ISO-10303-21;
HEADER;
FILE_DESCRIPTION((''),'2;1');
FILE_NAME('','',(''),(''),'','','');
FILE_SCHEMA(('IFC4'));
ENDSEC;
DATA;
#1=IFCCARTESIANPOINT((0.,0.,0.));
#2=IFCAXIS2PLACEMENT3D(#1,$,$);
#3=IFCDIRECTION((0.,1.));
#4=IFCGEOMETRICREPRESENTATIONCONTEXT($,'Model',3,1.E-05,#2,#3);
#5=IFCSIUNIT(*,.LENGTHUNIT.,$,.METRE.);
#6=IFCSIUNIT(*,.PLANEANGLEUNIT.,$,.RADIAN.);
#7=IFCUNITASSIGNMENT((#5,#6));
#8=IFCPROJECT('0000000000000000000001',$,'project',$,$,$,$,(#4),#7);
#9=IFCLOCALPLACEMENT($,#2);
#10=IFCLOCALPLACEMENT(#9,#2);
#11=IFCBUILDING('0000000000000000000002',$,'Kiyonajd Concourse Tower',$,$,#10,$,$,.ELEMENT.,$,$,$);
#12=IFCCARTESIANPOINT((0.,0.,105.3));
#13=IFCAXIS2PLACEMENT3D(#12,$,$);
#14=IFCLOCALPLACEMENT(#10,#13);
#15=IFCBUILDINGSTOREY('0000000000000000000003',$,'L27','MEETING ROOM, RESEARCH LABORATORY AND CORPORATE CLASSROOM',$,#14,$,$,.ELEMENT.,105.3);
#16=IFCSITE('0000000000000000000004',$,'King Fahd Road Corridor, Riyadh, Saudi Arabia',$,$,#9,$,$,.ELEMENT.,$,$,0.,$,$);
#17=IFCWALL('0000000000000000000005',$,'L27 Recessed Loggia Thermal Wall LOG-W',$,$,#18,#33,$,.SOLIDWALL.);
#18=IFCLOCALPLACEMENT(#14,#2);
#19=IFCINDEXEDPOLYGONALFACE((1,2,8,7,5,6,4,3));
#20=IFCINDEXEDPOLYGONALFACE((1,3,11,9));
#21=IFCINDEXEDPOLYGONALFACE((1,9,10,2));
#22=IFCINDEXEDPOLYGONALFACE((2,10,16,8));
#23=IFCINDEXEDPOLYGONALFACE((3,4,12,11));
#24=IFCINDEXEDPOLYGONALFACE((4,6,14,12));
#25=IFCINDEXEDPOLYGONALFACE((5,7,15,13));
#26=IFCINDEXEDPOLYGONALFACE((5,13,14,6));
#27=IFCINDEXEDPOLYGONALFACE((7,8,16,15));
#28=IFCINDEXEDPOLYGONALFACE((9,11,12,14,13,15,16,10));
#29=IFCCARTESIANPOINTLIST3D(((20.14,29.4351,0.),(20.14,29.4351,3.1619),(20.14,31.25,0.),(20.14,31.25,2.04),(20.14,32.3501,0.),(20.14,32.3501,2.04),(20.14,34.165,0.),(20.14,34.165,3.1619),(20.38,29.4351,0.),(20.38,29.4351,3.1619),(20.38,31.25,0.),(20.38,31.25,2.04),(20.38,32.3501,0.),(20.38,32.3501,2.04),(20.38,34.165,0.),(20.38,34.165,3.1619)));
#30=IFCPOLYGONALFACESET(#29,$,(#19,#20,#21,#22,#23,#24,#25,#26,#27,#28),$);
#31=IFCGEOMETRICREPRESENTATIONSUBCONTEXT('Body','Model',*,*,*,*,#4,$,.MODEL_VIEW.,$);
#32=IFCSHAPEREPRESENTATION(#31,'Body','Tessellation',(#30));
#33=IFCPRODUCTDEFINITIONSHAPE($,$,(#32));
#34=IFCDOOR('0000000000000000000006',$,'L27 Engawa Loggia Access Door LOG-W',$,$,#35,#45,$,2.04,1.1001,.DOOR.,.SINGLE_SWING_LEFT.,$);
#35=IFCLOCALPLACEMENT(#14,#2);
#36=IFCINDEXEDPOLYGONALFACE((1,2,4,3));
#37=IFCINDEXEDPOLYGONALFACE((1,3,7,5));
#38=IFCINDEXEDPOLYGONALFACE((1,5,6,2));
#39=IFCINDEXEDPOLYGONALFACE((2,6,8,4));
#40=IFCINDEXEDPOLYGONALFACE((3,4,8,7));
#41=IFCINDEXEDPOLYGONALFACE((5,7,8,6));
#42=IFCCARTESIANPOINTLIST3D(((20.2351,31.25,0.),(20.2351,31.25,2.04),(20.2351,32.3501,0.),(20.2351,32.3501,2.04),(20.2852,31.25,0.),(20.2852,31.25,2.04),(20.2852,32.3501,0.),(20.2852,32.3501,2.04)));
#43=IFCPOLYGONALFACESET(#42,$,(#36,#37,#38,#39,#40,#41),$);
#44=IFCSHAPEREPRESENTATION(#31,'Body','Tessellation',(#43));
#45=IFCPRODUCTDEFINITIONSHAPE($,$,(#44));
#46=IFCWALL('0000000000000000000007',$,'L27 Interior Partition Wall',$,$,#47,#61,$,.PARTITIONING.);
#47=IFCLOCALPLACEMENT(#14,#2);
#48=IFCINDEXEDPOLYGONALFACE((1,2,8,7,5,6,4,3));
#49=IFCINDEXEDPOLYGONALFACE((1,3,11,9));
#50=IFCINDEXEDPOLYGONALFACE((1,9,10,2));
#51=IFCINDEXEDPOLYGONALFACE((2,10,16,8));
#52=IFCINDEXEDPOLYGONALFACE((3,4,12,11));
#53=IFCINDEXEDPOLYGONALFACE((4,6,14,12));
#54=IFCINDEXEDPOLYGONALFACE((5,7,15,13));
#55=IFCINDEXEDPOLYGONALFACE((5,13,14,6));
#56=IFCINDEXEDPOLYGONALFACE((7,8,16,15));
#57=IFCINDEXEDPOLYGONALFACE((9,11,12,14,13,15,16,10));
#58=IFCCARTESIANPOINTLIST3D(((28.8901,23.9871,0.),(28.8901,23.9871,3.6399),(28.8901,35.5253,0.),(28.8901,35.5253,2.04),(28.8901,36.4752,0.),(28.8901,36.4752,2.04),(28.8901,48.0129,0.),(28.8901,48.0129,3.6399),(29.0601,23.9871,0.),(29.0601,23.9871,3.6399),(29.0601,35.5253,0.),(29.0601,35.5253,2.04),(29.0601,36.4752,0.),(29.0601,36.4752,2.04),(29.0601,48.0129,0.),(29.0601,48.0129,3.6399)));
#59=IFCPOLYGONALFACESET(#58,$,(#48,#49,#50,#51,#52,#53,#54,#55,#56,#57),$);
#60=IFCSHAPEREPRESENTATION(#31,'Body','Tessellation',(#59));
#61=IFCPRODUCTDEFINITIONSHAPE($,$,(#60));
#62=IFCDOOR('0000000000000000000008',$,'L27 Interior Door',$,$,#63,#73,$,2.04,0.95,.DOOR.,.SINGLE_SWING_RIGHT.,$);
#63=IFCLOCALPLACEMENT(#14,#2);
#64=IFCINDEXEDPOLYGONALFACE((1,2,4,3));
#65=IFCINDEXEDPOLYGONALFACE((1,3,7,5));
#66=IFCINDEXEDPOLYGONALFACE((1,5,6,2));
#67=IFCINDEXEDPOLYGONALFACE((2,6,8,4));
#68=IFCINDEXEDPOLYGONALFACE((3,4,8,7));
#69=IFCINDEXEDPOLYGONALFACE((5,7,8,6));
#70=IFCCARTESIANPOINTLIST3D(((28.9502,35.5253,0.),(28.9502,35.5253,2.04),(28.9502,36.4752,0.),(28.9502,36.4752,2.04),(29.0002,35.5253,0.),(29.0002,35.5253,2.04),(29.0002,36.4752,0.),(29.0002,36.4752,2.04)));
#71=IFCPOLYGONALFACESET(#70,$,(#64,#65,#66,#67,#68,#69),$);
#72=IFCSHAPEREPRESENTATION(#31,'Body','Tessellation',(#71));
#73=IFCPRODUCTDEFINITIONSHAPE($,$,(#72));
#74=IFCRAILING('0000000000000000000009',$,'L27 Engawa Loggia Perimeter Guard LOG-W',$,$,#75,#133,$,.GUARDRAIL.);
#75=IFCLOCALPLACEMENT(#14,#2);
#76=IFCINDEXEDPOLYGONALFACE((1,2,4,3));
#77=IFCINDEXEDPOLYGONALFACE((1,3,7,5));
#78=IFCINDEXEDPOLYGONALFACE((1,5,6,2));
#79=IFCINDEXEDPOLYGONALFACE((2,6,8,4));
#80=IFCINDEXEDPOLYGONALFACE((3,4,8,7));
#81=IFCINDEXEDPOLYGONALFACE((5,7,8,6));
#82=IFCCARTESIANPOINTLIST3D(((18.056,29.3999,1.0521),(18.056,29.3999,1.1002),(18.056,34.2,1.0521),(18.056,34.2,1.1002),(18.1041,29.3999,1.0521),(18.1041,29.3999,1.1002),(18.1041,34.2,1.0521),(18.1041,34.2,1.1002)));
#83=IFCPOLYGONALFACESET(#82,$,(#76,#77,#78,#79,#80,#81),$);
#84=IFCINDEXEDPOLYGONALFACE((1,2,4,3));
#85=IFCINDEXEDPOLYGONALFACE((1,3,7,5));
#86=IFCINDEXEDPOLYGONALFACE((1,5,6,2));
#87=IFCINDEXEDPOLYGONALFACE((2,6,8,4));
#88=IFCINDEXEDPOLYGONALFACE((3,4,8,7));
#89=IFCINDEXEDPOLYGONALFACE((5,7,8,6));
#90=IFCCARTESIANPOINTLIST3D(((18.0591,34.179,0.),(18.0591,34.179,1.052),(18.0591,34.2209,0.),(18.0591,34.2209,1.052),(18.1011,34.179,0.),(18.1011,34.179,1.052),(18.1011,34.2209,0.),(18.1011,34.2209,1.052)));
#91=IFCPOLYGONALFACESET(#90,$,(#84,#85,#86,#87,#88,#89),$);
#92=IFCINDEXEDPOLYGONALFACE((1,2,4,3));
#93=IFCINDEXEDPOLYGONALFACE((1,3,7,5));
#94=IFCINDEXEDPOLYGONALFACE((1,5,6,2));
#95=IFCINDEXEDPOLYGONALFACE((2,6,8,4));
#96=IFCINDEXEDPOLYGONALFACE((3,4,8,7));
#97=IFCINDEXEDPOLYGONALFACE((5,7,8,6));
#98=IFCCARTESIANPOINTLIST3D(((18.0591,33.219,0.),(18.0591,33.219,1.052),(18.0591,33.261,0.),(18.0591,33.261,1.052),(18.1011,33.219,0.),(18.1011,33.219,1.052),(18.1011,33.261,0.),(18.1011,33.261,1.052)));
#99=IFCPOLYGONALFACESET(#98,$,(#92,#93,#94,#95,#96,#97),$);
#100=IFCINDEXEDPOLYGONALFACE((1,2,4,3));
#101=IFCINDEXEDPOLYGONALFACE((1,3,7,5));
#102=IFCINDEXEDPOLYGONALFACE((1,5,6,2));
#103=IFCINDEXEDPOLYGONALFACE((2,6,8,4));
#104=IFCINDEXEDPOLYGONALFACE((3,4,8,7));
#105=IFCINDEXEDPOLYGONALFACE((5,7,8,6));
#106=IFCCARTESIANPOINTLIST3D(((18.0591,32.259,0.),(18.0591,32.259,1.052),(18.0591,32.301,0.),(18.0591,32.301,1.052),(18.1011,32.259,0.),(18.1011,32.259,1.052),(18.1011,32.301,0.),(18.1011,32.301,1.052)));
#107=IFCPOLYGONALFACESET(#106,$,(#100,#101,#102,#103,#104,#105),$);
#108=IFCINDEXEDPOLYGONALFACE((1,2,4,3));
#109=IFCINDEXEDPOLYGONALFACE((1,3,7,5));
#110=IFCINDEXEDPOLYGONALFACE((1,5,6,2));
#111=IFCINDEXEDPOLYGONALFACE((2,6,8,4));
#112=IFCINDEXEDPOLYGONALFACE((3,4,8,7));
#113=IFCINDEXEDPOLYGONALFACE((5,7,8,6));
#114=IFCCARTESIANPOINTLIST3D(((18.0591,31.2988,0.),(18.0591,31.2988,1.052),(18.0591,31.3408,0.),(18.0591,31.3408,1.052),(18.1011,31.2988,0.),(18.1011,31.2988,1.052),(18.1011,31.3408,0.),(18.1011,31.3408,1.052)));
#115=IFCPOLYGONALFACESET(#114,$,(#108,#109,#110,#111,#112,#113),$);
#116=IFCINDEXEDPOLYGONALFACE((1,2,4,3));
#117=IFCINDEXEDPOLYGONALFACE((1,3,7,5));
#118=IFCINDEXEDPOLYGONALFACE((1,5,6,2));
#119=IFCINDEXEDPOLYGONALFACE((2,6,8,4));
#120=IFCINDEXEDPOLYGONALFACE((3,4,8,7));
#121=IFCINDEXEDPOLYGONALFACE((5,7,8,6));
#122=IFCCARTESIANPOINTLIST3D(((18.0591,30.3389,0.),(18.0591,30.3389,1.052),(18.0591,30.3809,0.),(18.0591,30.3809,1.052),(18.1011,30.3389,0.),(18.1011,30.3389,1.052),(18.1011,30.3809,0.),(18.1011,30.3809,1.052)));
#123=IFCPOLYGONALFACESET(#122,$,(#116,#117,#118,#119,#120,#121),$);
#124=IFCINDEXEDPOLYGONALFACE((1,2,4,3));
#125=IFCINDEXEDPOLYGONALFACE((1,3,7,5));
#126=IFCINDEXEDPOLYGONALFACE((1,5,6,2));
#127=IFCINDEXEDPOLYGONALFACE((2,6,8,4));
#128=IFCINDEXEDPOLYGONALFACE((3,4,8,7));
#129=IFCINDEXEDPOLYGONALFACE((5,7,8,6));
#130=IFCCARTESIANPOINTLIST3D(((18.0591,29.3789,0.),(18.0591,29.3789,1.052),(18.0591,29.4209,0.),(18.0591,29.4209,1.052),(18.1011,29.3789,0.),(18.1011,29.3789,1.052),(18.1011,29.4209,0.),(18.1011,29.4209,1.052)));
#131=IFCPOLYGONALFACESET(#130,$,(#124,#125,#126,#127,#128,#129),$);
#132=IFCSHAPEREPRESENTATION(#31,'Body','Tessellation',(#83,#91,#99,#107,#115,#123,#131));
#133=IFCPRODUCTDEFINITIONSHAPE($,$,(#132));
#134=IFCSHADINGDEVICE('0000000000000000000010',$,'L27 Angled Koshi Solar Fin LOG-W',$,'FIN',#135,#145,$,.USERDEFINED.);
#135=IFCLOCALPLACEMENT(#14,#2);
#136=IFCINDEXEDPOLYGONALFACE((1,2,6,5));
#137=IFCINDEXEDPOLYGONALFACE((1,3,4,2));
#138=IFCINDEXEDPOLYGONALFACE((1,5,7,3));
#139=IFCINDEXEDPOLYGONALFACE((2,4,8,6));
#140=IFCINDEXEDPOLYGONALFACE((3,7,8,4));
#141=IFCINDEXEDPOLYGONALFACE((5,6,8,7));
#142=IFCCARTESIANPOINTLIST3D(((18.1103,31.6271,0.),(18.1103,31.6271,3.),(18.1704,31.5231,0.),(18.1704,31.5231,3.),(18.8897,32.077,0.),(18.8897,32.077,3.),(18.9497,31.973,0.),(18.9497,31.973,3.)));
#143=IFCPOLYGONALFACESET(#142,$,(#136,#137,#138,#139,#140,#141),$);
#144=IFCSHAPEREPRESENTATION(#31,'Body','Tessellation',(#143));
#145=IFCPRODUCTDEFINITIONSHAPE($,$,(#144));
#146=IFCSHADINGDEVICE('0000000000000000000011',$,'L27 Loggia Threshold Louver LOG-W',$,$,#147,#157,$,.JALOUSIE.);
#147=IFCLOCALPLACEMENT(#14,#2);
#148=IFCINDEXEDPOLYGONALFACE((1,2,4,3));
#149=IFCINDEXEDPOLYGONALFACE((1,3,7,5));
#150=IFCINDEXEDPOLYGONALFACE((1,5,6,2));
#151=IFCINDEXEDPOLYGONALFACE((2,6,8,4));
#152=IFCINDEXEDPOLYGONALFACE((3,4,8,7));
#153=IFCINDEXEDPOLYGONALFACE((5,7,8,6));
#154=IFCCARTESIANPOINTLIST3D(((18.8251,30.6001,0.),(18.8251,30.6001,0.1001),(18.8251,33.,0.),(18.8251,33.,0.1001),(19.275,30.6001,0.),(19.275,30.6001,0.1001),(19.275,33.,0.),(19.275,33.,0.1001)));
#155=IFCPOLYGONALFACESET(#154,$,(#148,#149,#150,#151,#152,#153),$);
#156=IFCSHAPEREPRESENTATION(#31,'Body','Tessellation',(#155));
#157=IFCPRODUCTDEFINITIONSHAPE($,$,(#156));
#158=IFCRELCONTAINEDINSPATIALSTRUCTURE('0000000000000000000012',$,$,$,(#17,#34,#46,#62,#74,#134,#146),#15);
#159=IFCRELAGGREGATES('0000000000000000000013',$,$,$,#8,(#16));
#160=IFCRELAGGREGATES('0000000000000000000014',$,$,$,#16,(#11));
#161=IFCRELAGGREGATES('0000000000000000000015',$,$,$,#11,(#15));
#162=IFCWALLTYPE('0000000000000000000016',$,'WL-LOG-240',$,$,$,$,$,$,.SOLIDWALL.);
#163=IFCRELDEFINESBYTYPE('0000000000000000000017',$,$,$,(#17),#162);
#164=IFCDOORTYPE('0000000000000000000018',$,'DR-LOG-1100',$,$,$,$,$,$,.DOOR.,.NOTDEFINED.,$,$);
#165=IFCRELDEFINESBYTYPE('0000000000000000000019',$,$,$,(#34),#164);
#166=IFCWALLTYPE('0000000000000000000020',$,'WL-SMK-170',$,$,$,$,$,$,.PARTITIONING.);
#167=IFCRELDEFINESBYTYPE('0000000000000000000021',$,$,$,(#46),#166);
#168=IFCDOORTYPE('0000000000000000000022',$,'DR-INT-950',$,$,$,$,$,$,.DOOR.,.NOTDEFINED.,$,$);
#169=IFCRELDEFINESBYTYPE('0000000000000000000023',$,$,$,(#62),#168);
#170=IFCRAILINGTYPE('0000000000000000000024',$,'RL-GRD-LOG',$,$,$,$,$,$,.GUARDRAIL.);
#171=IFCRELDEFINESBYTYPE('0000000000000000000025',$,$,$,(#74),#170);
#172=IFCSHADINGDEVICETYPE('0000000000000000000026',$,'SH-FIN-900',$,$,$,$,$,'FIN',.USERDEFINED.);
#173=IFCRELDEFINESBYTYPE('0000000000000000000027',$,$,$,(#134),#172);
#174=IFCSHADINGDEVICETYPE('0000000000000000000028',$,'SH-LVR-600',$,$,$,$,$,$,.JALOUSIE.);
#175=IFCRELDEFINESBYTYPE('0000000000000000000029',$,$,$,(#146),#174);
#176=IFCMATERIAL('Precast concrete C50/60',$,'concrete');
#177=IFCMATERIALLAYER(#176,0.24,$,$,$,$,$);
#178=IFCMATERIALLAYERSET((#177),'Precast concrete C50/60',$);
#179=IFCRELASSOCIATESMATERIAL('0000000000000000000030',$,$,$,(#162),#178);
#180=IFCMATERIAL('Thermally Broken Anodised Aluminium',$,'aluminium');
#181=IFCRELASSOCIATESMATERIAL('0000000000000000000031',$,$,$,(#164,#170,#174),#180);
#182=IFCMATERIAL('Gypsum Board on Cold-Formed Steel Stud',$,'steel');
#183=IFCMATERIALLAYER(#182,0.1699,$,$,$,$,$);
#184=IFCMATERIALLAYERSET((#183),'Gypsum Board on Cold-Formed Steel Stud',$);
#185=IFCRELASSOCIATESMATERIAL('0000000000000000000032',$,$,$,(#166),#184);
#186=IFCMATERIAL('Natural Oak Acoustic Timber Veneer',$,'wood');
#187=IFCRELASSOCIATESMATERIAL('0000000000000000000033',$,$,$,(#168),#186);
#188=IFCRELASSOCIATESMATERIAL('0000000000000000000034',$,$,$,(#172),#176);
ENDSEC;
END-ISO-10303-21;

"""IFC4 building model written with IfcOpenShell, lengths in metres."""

from ifc_helpers import new_model, si_unit, direction, frame, frame_2d, origin, origin_2d, place, context, subcontext, project, spatial, rectangle, extrude, material, layer, layer_set, type_object, element, fill, save


model = new_model("IFC4")

# Units and contexts
model_context = context("Model", 3, precision=1e-05, world=origin(), true_north=direction((0.0, 1.0)))
body_context = subcontext(model_context, "Body", "Model", "MODEL_VIEW")
ifc_project = project(units=[si_unit("LENGTHUNIT", "METRE"), si_unit("PLANEANGLEUNIT", "RADIAN")], contexts=[model_context])

# Site, building, storey
site_placement = place(None, origin())
site = spatial("IfcSite", under=ifc_project, at=site_placement, Name="King Fahd Road Corridor, Riyadh, Saudi Arabia", CompositionType="ELEMENT", RefElevation=0.0)
building_placement = place(site_placement, origin())
building = spatial("IfcBuilding", under=site, at=building_placement, Name="Kiyonajd Concourse Tower", CompositionType="ELEMENT")
storey_placement = place(building_placement, frame((0.0, 0.0, 105.3)))
storey = spatial("IfcBuildingStorey", under=building, at=storey_placement, Name="L27", Description="MEETING ROOM, RESEARCH LABORATORY AND CORPORATE CLASSROOM", CompositionType="ELEMENT", Elevation=105.3)

# Shared definitions
ifc_material_1 = material(Name="Precast concrete C50/60", Category="concrete")

# Shared definitions
ifc_material_2 = material(Name="Thermally Broken Anodised Aluminium", Category="aluminium")

# Walls, openings, doors
ifc_layer_1 = layer(ifc_material_1, 0.24)
ifc_layer_set_1 = layer_set([ifc_layer_1], Name="Precast concrete C50/60")
wall_type_1 = type_object("IfcWallType", Name="WL-LOG-240", PredefinedType="SOLIDWALL", material=ifc_layer_set_1)
wall_1_placement = place(storey_placement, frame((20.26, 29.4351, 0.0), z_axis=(0.0, 0.0, 1.0), x_axis=(0.0, 1.0, 0.0)))
wall_1 = element("IfcWall", 1, at=wall_1_placement, inside=storey, type_object=wall_type_1, Name="L27 Recessed Loggia Thermal Wall LOG-W", PredefinedType="SOLIDWALL", context=body_context, shape_type="SweptSolid", body=[
    extrude(rectangle(XDim=4.73, YDim=0.24, at=frame_2d((2.365, 0.0))), origin(), (0.0, 0.0, 1.0), 3.1619),
])
opening_1_placement = place(wall_1_placement, frame((1.8149, 0.0, 0.0)))
opening_1 = element("IfcOpeningElement", 2, at=opening_1_placement, cuts=wall_1, PredefinedType="OPENING", context=body_context, shape_type="SweptSolid", body=[
    extrude(rectangle(XDim=1.1001, YDim=2.04, at=frame_2d((0.55, 1.02))), frame((0.0, 0.1299, 0.0), z_axis=(0.0, -1.0, 0.0), x_axis=(1.0, 0.0, 0.0)), (0.0, 0.0, 1.0), 0.26),
])
door_type_1 = type_object("IfcDoorType", Name="DR-LOG-1100", OperationType="NOTDEFINED", PredefinedType="DOOR", material=ifc_material_2)
door_1_placement = place(opening_1_placement, origin())
door_1 = element("IfcDoor", 3, at=door_1_placement, inside=storey, type_object=door_type_1, Name="L27 Engawa Loggia Access Door LOG-W", OperationType="SINGLE_SWING_LEFT", OverallHeight=2.04, OverallWidth=1.1001, PredefinedType="DOOR", context=body_context, shape_type="SweptSolid", body=[
    extrude(rectangle(XDim=1.1001, YDim=2.04, at=frame_2d((0.55, 1.02))), frame((0.0, 0.0249, 0.0), z_axis=(0.0, -1.0, 0.0), x_axis=(1.0, 0.0, 0.0)), (0.0, 0.0, 1.0), 0.05),
])
fill(opening_1, door_1)
ifc_material_3 = material(Name="Gypsum Board on Cold-Formed Steel Stud", Category="steel")
ifc_layer_2 = layer(ifc_material_3, 0.1699)
ifc_layer_set_2 = layer_set([ifc_layer_2], Name="Gypsum Board on Cold-Formed Steel Stud")
wall_type_2 = type_object("IfcWallType", Name="WL-SMK-170", PredefinedType="PARTITIONING", material=ifc_layer_set_2)
wall_2_placement = place(storey_placement, frame((28.9751, 23.9871, 0.0), z_axis=(0.0, 0.0, 1.0), x_axis=(0.0, 1.0, 0.0)))
wall_2 = element("IfcWall", 4, at=wall_2_placement, inside=storey, type_object=wall_type_2, Name="L27 Interior Partition Wall", PredefinedType="PARTITIONING", context=body_context, shape_type="SweptSolid", body=[
    extrude(rectangle(XDim=24.0259, YDim=0.1699, at=frame_2d((12.0129, 0.0))), origin(), (0.0, 0.0, 1.0), 3.6399),
])
opening_2_placement = place(wall_2_placement, frame((11.5381, 0.0, 0.0)))
opening_2 = element("IfcOpeningElement", 5, at=opening_2_placement, cuts=wall_2, PredefinedType="OPENING", context=body_context, shape_type="SweptSolid", body=[
    extrude(rectangle(XDim=0.95, YDim=2.04, at=frame_2d((0.4751, 1.02))), frame((0.0, 0.095, 0.0), z_axis=(0.0, -1.0, 0.0), x_axis=(1.0, 0.0, 0.0)), (0.0, 0.0, 1.0), 0.1899),
])
ifc_material_4 = material(Name="Natural Oak Acoustic Timber Veneer", Category="wood")
door_type_2 = type_object("IfcDoorType", Name="DR-INT-950", OperationType="NOTDEFINED", PredefinedType="DOOR", material=ifc_material_4)
door_2_placement = place(opening_2_placement, origin())
door_2 = element("IfcDoor", 6, at=door_2_placement, inside=storey, type_object=door_type_2, Name="L27 Interior Door", OperationType="SINGLE_SWING_RIGHT", OverallHeight=2.04, OverallWidth=0.95, PredefinedType="DOOR", context=body_context, shape_type="SweptSolid", body=[
    extrude(rectangle(XDim=0.95, YDim=2.04, at=frame_2d((0.4751, 1.02))), frame((0.0, 0.0249, 0.0), z_axis=(0.0, -1.0, 0.0), x_axis=(1.0, 0.0, 0.0)), (0.0, 0.0, 1.0), 0.05),
])
fill(opening_2, door_2)

# Railing
railing_type = type_object("IfcRailingType", Name="RL-GRD-LOG", PredefinedType="GUARDRAIL", material=ifc_material_2)
railing_placement = place(storey_placement, frame((18.0801, 34.2, 0.0)))
element("IfcRailing", 7, at=railing_placement, inside=storey, type_object=railing_type, Name="L27 Engawa Loggia Perimeter Guard LOG-W", PredefinedType="GUARDRAIL", context=body_context, shape_type="SweptSolid", body=[
    extrude(rectangle(XDim=0.0481, YDim=0.0481, at=origin_2d()), frame((0.0, 0.0, 1.0762), z_axis=(0.0, -1.0, 0.0), x_axis=(1.0, 0.0, 0.0)), (0.0, 0.0, 1.0), 4.8),
    extrude(rectangle(XDim=0.042, YDim=0.042, at=origin_2d()), origin(), (0.0, 0.0, 1.0), 1.052),
    extrude(rectangle(XDim=0.042, YDim=0.042, at=origin_2d()), frame((0.0, -0.96, 0.0)), (0.0, 0.0, 1.0), 1.052),
    extrude(rectangle(XDim=0.042, YDim=0.042, at=origin_2d()), frame((0.0, -1.9199, 0.0)), (0.0, 0.0, 1.0), 1.052),
    extrude(rectangle(XDim=0.042, YDim=0.042, at=origin_2d()), frame((0.0, -2.8801, 0.0)), (0.0, 0.0, 1.0), 1.052),
    extrude(rectangle(XDim=0.042, YDim=0.042, at=origin_2d()), frame((0.0, -3.8401, 0.0)), (0.0, 0.0, 1.0), 1.052),
    extrude(rectangle(XDim=0.042, YDim=0.042, at=origin_2d()), frame((0.0, -4.8, 0.0)), (0.0, 0.0, 1.0), 1.052),
])

# Shading devices
shading_device_type_1 = type_object("IfcShadingDeviceType", Name="SH-FIN-900", ElementType="FIN", PredefinedType="USERDEFINED", material=ifc_material_1)
shading_device_1_placement = place(storey_placement, frame((18.53, 31.8, 0.0), z_axis=(0.0, 0.0, 1.0), x_axis=(0.866025, 0.5, 0.0)))
element("IfcShadingDevice", 8, at=shading_device_1_placement, inside=storey, type_object=shading_device_type_1, Name="L27 Angled Koshi Solar Fin LOG-W", ObjectType="FIN", PredefinedType="USERDEFINED", context=body_context, shape_type="SweptSolid", body=[
    extrude(rectangle(XDim=0.8999, YDim=0.1201, at=origin_2d()), origin(), (0.0, 0.0, 1.0), 3.0),
])
shading_device_type_2 = type_object("IfcShadingDeviceType", Name="SH-LVR-600", PredefinedType="JALOUSIE", material=ifc_material_2)
shading_device_2_placement = place(storey_placement, frame((19.05, 31.8, 0.0), z_axis=(0.0, 0.0, 1.0), x_axis=(0.0, 1.0, 0.0)))
element("IfcShadingDevice", 9, at=shading_device_2_placement, inside=storey, type_object=shading_device_type_2, Name="L27 Loggia Threshold Louver LOG-W", PredefinedType="JALOUSIE", context=body_context, shape_type="SweptSolid", body=[
    extrude(rectangle(XDim=2.3999, YDim=0.45, at=origin_2d()), origin(), (0.0, 0.0, 1.0), 0.1001),
])

save(model, "model.ifc")
